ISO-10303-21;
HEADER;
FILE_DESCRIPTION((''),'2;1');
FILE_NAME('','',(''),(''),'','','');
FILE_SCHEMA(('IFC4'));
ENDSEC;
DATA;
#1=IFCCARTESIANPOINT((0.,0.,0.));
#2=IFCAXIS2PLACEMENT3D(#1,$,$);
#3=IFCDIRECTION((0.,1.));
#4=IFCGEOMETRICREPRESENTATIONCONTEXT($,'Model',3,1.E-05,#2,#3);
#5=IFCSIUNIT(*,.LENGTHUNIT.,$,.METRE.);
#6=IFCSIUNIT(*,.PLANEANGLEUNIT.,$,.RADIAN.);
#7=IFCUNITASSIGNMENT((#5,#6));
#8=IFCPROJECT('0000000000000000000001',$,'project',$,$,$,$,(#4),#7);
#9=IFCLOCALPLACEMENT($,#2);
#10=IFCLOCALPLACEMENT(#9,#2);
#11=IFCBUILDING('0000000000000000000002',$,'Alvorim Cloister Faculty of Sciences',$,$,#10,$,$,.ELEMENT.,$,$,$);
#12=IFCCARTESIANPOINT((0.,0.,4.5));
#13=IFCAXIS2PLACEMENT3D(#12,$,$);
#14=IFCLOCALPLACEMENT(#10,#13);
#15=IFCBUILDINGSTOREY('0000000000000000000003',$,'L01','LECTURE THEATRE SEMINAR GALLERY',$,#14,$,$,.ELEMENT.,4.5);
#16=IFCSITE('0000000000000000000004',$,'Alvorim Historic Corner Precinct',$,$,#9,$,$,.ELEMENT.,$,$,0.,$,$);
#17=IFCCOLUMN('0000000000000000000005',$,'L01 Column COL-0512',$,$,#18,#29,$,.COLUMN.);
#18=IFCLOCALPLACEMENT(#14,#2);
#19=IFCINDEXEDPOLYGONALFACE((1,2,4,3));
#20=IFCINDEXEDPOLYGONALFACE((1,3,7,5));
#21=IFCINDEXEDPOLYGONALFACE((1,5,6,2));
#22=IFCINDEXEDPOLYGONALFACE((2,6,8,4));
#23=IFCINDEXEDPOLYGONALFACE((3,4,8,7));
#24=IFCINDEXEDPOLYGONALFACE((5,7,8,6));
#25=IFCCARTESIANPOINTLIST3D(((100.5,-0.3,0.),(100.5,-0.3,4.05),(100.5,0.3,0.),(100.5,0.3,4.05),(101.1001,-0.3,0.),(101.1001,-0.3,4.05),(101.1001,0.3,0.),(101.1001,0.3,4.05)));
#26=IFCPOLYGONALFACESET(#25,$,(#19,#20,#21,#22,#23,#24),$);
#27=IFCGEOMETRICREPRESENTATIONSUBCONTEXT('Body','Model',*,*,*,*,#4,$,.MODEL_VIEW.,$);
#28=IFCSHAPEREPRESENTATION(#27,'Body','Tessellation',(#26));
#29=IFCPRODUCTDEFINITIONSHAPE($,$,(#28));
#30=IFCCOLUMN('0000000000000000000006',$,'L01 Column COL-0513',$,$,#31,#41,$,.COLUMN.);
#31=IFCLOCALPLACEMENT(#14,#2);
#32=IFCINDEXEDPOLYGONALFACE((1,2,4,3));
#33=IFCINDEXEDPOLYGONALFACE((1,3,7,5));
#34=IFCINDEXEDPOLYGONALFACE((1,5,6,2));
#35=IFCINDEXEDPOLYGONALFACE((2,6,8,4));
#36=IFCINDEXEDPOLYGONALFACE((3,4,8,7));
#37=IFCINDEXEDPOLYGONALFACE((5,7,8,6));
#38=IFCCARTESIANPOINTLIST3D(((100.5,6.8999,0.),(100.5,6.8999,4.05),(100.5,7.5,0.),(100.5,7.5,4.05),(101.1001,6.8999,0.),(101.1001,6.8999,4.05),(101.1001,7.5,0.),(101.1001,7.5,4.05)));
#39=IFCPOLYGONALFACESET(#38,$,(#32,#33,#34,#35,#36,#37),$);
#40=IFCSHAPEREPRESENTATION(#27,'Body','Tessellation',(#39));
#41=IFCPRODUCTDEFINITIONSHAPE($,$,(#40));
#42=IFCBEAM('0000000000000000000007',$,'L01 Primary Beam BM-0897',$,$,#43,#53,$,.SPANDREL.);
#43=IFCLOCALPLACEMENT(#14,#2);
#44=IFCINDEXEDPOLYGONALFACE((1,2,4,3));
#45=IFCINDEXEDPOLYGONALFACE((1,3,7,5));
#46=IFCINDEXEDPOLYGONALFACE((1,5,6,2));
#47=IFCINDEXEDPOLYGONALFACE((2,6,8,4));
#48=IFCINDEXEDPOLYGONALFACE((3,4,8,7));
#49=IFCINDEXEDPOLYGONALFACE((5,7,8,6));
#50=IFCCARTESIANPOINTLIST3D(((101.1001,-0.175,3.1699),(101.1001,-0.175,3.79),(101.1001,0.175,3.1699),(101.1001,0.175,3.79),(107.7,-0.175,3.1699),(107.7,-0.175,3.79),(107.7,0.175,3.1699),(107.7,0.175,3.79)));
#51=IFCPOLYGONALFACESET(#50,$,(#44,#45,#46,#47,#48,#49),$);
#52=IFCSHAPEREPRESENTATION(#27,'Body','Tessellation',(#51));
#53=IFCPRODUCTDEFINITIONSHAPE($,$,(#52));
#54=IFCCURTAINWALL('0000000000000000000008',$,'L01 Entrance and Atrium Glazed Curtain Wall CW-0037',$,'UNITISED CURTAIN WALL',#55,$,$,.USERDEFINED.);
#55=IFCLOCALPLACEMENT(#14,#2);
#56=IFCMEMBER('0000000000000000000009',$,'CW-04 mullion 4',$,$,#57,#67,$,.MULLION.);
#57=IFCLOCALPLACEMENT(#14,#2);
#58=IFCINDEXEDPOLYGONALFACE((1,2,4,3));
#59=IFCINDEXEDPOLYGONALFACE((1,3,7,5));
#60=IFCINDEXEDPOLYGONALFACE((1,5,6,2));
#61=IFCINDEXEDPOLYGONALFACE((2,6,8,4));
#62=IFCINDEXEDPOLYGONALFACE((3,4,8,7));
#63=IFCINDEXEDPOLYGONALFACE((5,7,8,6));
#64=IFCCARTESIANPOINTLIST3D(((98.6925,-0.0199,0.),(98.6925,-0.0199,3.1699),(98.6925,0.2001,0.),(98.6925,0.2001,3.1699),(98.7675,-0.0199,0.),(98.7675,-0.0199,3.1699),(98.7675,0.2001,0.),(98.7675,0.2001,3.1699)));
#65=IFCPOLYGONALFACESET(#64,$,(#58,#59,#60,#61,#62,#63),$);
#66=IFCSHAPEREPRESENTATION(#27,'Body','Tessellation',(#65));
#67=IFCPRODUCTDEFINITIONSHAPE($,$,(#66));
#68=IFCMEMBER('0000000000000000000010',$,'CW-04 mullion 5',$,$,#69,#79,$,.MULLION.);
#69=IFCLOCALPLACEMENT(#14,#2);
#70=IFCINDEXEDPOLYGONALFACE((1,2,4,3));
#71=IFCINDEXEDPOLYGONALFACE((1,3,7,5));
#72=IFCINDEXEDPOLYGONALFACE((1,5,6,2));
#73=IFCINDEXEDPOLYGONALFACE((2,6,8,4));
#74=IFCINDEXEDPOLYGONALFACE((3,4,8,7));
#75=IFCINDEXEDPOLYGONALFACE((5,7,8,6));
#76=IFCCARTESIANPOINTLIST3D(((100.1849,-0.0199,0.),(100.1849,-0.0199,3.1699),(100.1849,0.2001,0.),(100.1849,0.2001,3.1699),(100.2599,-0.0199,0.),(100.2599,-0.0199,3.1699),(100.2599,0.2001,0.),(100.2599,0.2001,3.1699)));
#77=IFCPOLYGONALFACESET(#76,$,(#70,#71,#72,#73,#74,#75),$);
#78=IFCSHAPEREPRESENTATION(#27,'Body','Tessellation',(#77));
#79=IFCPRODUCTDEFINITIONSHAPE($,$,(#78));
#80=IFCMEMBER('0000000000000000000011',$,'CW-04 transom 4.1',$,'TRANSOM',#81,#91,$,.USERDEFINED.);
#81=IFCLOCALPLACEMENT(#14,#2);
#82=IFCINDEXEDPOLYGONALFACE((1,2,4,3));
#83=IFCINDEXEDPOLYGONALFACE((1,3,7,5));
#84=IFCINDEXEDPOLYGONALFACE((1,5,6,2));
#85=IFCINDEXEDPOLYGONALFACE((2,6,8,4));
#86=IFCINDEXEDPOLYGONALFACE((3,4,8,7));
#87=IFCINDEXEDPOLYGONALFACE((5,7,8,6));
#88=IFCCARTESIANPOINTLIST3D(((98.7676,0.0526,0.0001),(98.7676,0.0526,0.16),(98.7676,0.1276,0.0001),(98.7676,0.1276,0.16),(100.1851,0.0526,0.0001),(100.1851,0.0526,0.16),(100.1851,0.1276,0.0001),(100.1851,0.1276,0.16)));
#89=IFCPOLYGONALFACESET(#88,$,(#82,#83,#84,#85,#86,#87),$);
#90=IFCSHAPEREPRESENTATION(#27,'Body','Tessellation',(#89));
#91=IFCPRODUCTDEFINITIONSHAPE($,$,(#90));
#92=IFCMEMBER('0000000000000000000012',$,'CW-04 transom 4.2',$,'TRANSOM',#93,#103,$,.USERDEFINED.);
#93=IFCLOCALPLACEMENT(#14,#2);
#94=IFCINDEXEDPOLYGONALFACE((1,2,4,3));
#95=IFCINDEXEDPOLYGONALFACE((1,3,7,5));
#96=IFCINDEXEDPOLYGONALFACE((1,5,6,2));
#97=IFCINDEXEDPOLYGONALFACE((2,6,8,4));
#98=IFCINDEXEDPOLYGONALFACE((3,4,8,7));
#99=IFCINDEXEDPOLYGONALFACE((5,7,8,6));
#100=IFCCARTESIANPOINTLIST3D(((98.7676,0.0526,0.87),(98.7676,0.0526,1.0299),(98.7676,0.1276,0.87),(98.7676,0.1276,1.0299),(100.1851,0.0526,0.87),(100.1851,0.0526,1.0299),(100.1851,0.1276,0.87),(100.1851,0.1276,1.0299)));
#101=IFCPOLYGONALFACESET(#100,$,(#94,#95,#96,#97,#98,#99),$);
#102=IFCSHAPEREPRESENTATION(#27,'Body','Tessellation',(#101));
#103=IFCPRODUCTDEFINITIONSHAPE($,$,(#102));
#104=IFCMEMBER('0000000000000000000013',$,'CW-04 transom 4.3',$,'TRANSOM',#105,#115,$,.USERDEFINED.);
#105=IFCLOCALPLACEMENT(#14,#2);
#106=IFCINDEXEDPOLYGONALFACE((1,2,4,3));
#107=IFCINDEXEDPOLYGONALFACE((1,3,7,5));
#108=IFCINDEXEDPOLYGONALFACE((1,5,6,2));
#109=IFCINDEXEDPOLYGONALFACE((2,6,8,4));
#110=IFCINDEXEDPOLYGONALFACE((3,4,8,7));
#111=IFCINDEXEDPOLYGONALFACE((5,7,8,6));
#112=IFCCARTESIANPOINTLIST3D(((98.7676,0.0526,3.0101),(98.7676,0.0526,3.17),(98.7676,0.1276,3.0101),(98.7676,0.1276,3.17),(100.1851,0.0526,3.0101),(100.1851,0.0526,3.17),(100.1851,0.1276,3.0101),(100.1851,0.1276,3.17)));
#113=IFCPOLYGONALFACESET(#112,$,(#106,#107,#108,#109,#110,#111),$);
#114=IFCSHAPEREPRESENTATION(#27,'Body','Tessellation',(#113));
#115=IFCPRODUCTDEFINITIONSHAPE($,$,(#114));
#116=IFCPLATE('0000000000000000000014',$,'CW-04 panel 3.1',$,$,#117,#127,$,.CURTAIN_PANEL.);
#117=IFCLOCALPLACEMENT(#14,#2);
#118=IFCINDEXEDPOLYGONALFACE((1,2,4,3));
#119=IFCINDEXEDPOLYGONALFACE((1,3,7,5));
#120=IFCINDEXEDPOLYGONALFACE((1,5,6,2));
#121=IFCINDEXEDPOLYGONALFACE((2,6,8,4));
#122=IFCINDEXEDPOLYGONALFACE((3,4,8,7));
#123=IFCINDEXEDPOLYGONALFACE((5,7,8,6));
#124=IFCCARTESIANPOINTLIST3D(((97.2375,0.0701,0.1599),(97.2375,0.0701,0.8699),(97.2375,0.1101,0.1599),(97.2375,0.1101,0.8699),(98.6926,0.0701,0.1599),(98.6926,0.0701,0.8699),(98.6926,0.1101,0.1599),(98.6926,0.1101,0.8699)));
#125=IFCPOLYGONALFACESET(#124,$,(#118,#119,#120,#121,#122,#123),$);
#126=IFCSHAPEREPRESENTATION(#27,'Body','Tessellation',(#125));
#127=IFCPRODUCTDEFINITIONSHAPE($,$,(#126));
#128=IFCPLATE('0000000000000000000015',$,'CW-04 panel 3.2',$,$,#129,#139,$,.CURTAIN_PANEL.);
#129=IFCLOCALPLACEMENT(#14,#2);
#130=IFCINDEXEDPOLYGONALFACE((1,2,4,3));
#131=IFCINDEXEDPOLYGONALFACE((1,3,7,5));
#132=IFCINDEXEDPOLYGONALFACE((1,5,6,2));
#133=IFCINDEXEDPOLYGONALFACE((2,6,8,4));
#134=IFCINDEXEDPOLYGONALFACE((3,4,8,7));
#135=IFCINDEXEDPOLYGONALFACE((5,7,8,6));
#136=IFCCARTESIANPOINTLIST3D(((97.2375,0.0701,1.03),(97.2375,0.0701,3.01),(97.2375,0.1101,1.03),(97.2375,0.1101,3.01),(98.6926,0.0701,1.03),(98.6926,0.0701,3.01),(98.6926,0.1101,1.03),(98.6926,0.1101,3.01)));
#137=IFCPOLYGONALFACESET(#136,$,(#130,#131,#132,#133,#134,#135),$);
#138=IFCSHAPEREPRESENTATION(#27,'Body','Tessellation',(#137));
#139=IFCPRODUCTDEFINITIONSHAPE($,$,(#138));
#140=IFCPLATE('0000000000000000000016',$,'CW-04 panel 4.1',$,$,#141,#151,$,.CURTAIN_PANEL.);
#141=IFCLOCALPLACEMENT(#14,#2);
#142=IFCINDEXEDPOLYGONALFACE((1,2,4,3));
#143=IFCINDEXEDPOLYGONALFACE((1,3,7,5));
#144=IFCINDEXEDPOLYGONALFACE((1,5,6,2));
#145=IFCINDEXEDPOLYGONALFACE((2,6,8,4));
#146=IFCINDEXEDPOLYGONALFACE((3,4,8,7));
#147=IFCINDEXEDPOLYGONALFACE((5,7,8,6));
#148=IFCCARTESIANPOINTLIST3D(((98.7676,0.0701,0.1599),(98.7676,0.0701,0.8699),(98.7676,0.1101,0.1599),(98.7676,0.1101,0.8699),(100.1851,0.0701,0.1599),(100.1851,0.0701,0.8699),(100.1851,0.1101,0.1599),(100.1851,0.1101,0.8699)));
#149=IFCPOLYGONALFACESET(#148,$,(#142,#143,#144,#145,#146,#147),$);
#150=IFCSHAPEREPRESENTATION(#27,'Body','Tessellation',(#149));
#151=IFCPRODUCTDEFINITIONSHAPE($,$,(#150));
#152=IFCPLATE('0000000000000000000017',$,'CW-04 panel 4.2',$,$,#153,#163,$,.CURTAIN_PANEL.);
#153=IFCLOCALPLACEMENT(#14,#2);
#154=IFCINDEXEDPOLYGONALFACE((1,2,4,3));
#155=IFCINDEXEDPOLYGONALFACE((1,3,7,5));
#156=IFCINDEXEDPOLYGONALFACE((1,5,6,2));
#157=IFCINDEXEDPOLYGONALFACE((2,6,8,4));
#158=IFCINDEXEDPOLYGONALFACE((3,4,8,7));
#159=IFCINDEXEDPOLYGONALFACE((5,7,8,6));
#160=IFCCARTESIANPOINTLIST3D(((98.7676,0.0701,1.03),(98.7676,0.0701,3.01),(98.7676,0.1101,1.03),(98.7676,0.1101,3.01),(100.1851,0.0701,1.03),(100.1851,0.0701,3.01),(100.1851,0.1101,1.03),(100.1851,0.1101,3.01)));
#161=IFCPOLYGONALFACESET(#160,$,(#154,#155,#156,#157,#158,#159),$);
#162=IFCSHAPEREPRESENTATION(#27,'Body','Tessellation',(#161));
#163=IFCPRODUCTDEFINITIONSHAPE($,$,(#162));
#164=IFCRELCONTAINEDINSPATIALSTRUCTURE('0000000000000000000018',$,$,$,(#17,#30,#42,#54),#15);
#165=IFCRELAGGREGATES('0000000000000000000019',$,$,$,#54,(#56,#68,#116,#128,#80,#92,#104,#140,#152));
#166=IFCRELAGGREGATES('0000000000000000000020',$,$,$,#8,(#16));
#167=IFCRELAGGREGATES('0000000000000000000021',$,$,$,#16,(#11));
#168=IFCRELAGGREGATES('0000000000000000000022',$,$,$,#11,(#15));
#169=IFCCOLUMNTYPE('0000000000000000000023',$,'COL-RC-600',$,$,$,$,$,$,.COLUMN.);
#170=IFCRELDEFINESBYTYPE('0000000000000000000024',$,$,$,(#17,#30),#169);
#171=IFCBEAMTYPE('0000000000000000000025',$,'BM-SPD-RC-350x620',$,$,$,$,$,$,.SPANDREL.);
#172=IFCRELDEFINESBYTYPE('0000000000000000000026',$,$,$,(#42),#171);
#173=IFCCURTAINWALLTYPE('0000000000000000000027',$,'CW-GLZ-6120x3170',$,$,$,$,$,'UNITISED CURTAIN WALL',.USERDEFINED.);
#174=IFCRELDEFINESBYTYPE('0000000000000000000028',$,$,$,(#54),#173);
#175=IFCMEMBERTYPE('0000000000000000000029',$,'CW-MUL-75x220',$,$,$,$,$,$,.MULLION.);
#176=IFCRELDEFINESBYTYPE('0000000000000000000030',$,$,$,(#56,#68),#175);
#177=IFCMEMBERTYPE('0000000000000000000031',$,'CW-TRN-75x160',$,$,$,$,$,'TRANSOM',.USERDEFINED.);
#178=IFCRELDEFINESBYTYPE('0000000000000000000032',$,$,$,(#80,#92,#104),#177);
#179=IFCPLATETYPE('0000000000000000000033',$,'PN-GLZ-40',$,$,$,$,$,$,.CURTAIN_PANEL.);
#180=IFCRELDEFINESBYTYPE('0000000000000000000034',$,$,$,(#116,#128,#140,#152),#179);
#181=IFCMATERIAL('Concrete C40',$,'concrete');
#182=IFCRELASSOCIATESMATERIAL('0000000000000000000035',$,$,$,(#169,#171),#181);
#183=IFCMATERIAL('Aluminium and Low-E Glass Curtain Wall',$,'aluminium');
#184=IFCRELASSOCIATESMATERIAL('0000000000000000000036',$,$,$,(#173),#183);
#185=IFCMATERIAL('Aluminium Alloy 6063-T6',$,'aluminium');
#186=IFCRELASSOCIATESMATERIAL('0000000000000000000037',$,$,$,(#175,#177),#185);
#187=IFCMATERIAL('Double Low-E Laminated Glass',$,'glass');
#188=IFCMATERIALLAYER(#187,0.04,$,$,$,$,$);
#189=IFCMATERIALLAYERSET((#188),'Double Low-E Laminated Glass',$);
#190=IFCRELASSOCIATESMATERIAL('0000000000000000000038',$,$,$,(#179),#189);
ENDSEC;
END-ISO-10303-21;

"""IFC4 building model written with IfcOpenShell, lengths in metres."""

from ifc_helpers import new_model, si_unit, direction, frame, origin, origin_2d, place, context, subcontext, project, spatial, rectangle, extrude, material, layer, layer_set, material_profile, profile_set, type_object, element, aggregate, save


model = new_model("IFC4")

# Units and contexts
model_context = context("Model", 3, precision=1e-05, world=origin(), true_north=direction((0.0, 1.0)))
body_context = subcontext(model_context, "Body", "Model", "MODEL_VIEW")
ifc_project = project(units=[si_unit("LENGTHUNIT", "METRE"), si_unit("PLANEANGLEUNIT", "RADIAN")], contexts=[model_context])

# Site, building, storey
site_placement = place(None, origin())
site = spatial("IfcSite", under=ifc_project, at=site_placement, Name="Alvorim Historic Corner Precinct", CompositionType="ELEMENT", RefElevation=0.0)
building_placement = place(site_placement, origin())
building = spatial("IfcBuilding", under=site, at=building_placement, Name="Alvorim Cloister Faculty of Sciences", CompositionType="ELEMENT")
storey_placement = place(building_placement, frame((0.0, 0.0, 4.5)))
storey = spatial("IfcBuildingStorey", under=building, at=storey_placement, Name="L01", Description="LECTURE THEATRE SEMINAR GALLERY", CompositionType="ELEMENT", Elevation=4.5)

# Columns
ifc_material_1 = material(Name="Concrete C40", Category="concrete")
ifc_material_profile_1 = material_profile(ifc_material_1, rectangle(XDim=0.6001, YDim=0.6001, at=origin_2d()), Name="RC40-COL-600x600")
ifc_profile_set_1 = profile_set([ifc_material_profile_1], Name="Concrete C40")
column_type = type_object("IfcColumnType", Name="COL-RC-600", PredefinedType="COLUMN", material=ifc_profile_set_1)
for number, where, z_axis, x_axis, name in (
    (1, (100.8, 0.0, 0.0), (0.0, 0.0, 1.0), (1.0, 0.0, 0.0), "L01 Column COL-0512"),
    (2, (100.8, 7.2, 0.0), (0.0, 0.0, 1.0), (1.0, 0.0, 0.0), "L01 Column COL-0513"),
):
    element("IfcColumn", number, at=place(storey_placement, frame(where, z_axis=z_axis, x_axis=x_axis)), inside=storey, type_object=column_type, Name=name, PredefinedType="COLUMN", context=body_context, shape_type="SweptSolid", body=[
        extrude(rectangle(XDim=0.6001, YDim=0.6001, at=origin_2d()), origin(), (0.0, 0.0, 1.0), 4.05),
    ])

# Beam
ifc_material_profile_2 = material_profile(ifc_material_1, rectangle(XDim=0.3501, YDim=0.6201, at=origin_2d()), Name="RC40-SPD-350x620")
ifc_profile_set_2 = profile_set([ifc_material_profile_2], Name="Concrete C40")
beam_type = type_object("IfcBeamType", Name="BM-SPD-RC-350x620", PredefinedType="SPANDREL", material=ifc_profile_set_2)
beam_placement = place(storey_placement, frame((101.1001, 0.0, 3.48), z_axis=(1.0, 0.0, 0.0), x_axis=(0.0, 1.0, 0.0)))
element("IfcBeam", 3, at=beam_placement, inside=storey, type_object=beam_type, Name="L01 Primary Beam BM-0897", PredefinedType="SPANDREL", context=body_context, shape_type="SweptSolid", body=[
    extrude(rectangle(XDim=0.3501, YDim=0.6201, at=origin_2d()), origin(), (0.0, 0.0, 1.0), 6.5999),
])

# Curtain wall, members, plates
ifc_material_2 = material(Name="Aluminium and Low-E Glass Curtain Wall", Category="aluminium")
curtain_wall_type = type_object("IfcCurtainWallType", Name="CW-GLZ-6120x3170", ElementType="UNITISED CURTAIN WALL", PredefinedType="USERDEFINED", material=ifc_material_2)
curtain_wall_placement = place(storey_placement, origin())
curtain_wall = element("IfcCurtainWall", 4, at=curtain_wall_placement, inside=storey, type_object=curtain_wall_type, Name="L01 Entrance and Atrium Glazed Curtain Wall CW-0037", ObjectType="UNITISED CURTAIN WALL", PredefinedType="USERDEFINED")
ifc_material_3 = material(Name="Aluminium Alloy 6063-T6", Category="aluminium")
ifc_material_profile_3 = material_profile(ifc_material_3, rectangle(XDim=0.075, YDim=0.22, at=origin_2d()), Name="ALU-MUL-75x220")
ifc_profile_set_3 = profile_set([ifc_material_profile_3], Name="Aluminium Alloy 6063-T6")
member_type_1 = type_object("IfcMemberType", Name="CW-MUL-75x220", PredefinedType="MULLION", material=ifc_profile_set_3)
member_1_placement = place(storey_placement, frame((98.73, 0.0901, 0.0), z_axis=(0.0, 0.0, 1.0), x_axis=(1.0, 0.0, 0.0)))
member_1 = element("IfcMember", 5, at=member_1_placement, type_object=member_type_1, Name="CW-04 mullion 4", PredefinedType="MULLION", context=body_context, shape_type="SweptSolid", body=[
    extrude(rectangle(XDim=0.075, YDim=0.22, at=origin_2d()), origin(), (0.0, 0.0, 1.0), 3.1699),
])
member_2_placement = place(storey_placement, frame((100.2224, 0.0901, 0.0), z_axis=(0.0, 0.0, 1.0), x_axis=(1.0, 0.0, 0.0)))
member_2 = element("IfcMember", 6, at=member_2_placement, type_object=member_type_1, Name="CW-04 mullion 5", PredefinedType="MULLION", context=body_context, shape_type="SweptSolid", body=[
    extrude(rectangle(XDim=0.075, YDim=0.22, at=origin_2d()), origin(), (0.0, 0.0, 1.0), 3.1699),
])
ifc_material_profile_4 = material_profile(ifc_material_3, rectangle(XDim=0.075, YDim=0.1599, at=origin_2d()), Name="ALU-TRN-75x160")
ifc_profile_set_4 = profile_set([ifc_material_profile_4], Name="Aluminium Alloy 6063-T6")
member_type_2 = type_object("IfcMemberType", Name="CW-TRN-75x160", ElementType="TRANSOM", PredefinedType="USERDEFINED", material=ifc_profile_set_4)
member_3_placement = place(storey_placement, frame((98.7676, 0.0901, 0.0801), z_axis=(1.0, 0.0, 0.0), x_axis=(0.0, 1.0, 0.0)))
member_3 = element("IfcMember", 7, at=member_3_placement, type_object=member_type_2, Name="CW-04 transom 4.1", ObjectType="TRANSOM", PredefinedType="USERDEFINED", context=body_context, shape_type="SweptSolid", body=[
    extrude(rectangle(XDim=0.075, YDim=0.1599, at=origin_2d()), origin(), (0.0, 0.0, 1.0), 1.4175),
])
member_4_placement = place(storey_placement, frame((98.7676, 0.0901, 0.95), z_axis=(1.0, 0.0, 0.0), x_axis=(0.0, 1.0, 0.0)))
member_4 = element("IfcMember", 8, at=member_4_placement, type_object=member_type_2, Name="CW-04 transom 4.2", ObjectType="TRANSOM", PredefinedType="USERDEFINED", context=body_context, shape_type="SweptSolid", body=[
    extrude(rectangle(XDim=0.075, YDim=0.1599, at=origin_2d()), origin(), (0.0, 0.0, 1.0), 1.4175),
])
member_5_placement = place(storey_placement, frame((98.7676, 0.0901, 3.0901), z_axis=(1.0, 0.0, 0.0), x_axis=(0.0, 1.0, 0.0)))
member_5 = element("IfcMember", 9, at=member_5_placement, type_object=member_type_2, Name="CW-04 transom 4.3", ObjectType="TRANSOM", PredefinedType="USERDEFINED", context=body_context, shape_type="SweptSolid", body=[
    extrude(rectangle(XDim=0.075, YDim=0.1599, at=origin_2d()), origin(), (0.0, 0.0, 1.0), 1.4175),
])
ifc_material_4 = material(Name="Double Low-E Laminated Glass", Category="glass")
ifc_layer_1 = layer(ifc_material_4, 0.04)
ifc_layer_set_1 = layer_set([ifc_layer_1], Name="Double Low-E Laminated Glass")
plate_type = type_object("IfcPlateType", Name="PN-GLZ-40", PredefinedType="CURTAIN_PANEL", material=ifc_layer_set_1)
plate_1_placement = place(storey_placement, frame((97.9651, 0.0901, 0.1599), z_axis=(0.0, 0.0, 1.0), x_axis=(1.0, 0.0, 0.0)))
plate_1 = element("IfcPlate", 10, at=plate_1_placement, type_object=plate_type, Name="CW-04 panel 3.1", PredefinedType="CURTAIN_PANEL", context=body_context, shape_type="SweptSolid", body=[
    extrude(rectangle(XDim=1.4551, YDim=0.04, at=origin_2d()), origin(), (0.0, 0.0, 1.0), 0.71),
])
plate_2_placement = place(storey_placement, frame((97.9651, 0.0901, 1.03), z_axis=(0.0, 0.0, 1.0), x_axis=(1.0, 0.0, 0.0)))
plate_2 = element("IfcPlate", 11, at=plate_2_placement, type_object=plate_type, Name="CW-04 panel 3.2", PredefinedType="CURTAIN_PANEL", context=body_context, shape_type="SweptSolid", body=[
    extrude(rectangle(XDim=1.4551, YDim=0.04, at=origin_2d()), origin(), (0.0, 0.0, 1.0), 1.98),
])
plate_3_placement = place(storey_placement, frame((99.4763, 0.0901, 0.1599), z_axis=(0.0, 0.0, 1.0), x_axis=(1.0, 0.0, 0.0)))
plate_3 = element("IfcPlate", 12, at=plate_3_placement, type_object=plate_type, Name="CW-04 panel 4.1", PredefinedType="CURTAIN_PANEL", context=body_context, shape_type="SweptSolid", body=[
    extrude(rectangle(XDim=1.4175, YDim=0.04, at=origin_2d()), origin(), (0.0, 0.0, 1.0), 0.71),
])
plate_4_placement = place(storey_placement, frame((99.4763, 0.0901, 1.03), z_axis=(0.0, 0.0, 1.0), x_axis=(1.0, 0.0, 0.0)))
plate_4 = element("IfcPlate", 13, at=plate_4_placement, type_object=plate_type, Name="CW-04 panel 4.2", PredefinedType="CURTAIN_PANEL", context=body_context, shape_type="SweptSolid", body=[
    extrude(rectangle(XDim=1.4175, YDim=0.04, at=origin_2d()), origin(), (0.0, 0.0, 1.0), 1.98),
])
aggregate(curtain_wall, [member_1, member_2, plate_1, plate_2, member_3, member_4, member_5, plate_3, plate_4])

save(model, "model.ifc")
